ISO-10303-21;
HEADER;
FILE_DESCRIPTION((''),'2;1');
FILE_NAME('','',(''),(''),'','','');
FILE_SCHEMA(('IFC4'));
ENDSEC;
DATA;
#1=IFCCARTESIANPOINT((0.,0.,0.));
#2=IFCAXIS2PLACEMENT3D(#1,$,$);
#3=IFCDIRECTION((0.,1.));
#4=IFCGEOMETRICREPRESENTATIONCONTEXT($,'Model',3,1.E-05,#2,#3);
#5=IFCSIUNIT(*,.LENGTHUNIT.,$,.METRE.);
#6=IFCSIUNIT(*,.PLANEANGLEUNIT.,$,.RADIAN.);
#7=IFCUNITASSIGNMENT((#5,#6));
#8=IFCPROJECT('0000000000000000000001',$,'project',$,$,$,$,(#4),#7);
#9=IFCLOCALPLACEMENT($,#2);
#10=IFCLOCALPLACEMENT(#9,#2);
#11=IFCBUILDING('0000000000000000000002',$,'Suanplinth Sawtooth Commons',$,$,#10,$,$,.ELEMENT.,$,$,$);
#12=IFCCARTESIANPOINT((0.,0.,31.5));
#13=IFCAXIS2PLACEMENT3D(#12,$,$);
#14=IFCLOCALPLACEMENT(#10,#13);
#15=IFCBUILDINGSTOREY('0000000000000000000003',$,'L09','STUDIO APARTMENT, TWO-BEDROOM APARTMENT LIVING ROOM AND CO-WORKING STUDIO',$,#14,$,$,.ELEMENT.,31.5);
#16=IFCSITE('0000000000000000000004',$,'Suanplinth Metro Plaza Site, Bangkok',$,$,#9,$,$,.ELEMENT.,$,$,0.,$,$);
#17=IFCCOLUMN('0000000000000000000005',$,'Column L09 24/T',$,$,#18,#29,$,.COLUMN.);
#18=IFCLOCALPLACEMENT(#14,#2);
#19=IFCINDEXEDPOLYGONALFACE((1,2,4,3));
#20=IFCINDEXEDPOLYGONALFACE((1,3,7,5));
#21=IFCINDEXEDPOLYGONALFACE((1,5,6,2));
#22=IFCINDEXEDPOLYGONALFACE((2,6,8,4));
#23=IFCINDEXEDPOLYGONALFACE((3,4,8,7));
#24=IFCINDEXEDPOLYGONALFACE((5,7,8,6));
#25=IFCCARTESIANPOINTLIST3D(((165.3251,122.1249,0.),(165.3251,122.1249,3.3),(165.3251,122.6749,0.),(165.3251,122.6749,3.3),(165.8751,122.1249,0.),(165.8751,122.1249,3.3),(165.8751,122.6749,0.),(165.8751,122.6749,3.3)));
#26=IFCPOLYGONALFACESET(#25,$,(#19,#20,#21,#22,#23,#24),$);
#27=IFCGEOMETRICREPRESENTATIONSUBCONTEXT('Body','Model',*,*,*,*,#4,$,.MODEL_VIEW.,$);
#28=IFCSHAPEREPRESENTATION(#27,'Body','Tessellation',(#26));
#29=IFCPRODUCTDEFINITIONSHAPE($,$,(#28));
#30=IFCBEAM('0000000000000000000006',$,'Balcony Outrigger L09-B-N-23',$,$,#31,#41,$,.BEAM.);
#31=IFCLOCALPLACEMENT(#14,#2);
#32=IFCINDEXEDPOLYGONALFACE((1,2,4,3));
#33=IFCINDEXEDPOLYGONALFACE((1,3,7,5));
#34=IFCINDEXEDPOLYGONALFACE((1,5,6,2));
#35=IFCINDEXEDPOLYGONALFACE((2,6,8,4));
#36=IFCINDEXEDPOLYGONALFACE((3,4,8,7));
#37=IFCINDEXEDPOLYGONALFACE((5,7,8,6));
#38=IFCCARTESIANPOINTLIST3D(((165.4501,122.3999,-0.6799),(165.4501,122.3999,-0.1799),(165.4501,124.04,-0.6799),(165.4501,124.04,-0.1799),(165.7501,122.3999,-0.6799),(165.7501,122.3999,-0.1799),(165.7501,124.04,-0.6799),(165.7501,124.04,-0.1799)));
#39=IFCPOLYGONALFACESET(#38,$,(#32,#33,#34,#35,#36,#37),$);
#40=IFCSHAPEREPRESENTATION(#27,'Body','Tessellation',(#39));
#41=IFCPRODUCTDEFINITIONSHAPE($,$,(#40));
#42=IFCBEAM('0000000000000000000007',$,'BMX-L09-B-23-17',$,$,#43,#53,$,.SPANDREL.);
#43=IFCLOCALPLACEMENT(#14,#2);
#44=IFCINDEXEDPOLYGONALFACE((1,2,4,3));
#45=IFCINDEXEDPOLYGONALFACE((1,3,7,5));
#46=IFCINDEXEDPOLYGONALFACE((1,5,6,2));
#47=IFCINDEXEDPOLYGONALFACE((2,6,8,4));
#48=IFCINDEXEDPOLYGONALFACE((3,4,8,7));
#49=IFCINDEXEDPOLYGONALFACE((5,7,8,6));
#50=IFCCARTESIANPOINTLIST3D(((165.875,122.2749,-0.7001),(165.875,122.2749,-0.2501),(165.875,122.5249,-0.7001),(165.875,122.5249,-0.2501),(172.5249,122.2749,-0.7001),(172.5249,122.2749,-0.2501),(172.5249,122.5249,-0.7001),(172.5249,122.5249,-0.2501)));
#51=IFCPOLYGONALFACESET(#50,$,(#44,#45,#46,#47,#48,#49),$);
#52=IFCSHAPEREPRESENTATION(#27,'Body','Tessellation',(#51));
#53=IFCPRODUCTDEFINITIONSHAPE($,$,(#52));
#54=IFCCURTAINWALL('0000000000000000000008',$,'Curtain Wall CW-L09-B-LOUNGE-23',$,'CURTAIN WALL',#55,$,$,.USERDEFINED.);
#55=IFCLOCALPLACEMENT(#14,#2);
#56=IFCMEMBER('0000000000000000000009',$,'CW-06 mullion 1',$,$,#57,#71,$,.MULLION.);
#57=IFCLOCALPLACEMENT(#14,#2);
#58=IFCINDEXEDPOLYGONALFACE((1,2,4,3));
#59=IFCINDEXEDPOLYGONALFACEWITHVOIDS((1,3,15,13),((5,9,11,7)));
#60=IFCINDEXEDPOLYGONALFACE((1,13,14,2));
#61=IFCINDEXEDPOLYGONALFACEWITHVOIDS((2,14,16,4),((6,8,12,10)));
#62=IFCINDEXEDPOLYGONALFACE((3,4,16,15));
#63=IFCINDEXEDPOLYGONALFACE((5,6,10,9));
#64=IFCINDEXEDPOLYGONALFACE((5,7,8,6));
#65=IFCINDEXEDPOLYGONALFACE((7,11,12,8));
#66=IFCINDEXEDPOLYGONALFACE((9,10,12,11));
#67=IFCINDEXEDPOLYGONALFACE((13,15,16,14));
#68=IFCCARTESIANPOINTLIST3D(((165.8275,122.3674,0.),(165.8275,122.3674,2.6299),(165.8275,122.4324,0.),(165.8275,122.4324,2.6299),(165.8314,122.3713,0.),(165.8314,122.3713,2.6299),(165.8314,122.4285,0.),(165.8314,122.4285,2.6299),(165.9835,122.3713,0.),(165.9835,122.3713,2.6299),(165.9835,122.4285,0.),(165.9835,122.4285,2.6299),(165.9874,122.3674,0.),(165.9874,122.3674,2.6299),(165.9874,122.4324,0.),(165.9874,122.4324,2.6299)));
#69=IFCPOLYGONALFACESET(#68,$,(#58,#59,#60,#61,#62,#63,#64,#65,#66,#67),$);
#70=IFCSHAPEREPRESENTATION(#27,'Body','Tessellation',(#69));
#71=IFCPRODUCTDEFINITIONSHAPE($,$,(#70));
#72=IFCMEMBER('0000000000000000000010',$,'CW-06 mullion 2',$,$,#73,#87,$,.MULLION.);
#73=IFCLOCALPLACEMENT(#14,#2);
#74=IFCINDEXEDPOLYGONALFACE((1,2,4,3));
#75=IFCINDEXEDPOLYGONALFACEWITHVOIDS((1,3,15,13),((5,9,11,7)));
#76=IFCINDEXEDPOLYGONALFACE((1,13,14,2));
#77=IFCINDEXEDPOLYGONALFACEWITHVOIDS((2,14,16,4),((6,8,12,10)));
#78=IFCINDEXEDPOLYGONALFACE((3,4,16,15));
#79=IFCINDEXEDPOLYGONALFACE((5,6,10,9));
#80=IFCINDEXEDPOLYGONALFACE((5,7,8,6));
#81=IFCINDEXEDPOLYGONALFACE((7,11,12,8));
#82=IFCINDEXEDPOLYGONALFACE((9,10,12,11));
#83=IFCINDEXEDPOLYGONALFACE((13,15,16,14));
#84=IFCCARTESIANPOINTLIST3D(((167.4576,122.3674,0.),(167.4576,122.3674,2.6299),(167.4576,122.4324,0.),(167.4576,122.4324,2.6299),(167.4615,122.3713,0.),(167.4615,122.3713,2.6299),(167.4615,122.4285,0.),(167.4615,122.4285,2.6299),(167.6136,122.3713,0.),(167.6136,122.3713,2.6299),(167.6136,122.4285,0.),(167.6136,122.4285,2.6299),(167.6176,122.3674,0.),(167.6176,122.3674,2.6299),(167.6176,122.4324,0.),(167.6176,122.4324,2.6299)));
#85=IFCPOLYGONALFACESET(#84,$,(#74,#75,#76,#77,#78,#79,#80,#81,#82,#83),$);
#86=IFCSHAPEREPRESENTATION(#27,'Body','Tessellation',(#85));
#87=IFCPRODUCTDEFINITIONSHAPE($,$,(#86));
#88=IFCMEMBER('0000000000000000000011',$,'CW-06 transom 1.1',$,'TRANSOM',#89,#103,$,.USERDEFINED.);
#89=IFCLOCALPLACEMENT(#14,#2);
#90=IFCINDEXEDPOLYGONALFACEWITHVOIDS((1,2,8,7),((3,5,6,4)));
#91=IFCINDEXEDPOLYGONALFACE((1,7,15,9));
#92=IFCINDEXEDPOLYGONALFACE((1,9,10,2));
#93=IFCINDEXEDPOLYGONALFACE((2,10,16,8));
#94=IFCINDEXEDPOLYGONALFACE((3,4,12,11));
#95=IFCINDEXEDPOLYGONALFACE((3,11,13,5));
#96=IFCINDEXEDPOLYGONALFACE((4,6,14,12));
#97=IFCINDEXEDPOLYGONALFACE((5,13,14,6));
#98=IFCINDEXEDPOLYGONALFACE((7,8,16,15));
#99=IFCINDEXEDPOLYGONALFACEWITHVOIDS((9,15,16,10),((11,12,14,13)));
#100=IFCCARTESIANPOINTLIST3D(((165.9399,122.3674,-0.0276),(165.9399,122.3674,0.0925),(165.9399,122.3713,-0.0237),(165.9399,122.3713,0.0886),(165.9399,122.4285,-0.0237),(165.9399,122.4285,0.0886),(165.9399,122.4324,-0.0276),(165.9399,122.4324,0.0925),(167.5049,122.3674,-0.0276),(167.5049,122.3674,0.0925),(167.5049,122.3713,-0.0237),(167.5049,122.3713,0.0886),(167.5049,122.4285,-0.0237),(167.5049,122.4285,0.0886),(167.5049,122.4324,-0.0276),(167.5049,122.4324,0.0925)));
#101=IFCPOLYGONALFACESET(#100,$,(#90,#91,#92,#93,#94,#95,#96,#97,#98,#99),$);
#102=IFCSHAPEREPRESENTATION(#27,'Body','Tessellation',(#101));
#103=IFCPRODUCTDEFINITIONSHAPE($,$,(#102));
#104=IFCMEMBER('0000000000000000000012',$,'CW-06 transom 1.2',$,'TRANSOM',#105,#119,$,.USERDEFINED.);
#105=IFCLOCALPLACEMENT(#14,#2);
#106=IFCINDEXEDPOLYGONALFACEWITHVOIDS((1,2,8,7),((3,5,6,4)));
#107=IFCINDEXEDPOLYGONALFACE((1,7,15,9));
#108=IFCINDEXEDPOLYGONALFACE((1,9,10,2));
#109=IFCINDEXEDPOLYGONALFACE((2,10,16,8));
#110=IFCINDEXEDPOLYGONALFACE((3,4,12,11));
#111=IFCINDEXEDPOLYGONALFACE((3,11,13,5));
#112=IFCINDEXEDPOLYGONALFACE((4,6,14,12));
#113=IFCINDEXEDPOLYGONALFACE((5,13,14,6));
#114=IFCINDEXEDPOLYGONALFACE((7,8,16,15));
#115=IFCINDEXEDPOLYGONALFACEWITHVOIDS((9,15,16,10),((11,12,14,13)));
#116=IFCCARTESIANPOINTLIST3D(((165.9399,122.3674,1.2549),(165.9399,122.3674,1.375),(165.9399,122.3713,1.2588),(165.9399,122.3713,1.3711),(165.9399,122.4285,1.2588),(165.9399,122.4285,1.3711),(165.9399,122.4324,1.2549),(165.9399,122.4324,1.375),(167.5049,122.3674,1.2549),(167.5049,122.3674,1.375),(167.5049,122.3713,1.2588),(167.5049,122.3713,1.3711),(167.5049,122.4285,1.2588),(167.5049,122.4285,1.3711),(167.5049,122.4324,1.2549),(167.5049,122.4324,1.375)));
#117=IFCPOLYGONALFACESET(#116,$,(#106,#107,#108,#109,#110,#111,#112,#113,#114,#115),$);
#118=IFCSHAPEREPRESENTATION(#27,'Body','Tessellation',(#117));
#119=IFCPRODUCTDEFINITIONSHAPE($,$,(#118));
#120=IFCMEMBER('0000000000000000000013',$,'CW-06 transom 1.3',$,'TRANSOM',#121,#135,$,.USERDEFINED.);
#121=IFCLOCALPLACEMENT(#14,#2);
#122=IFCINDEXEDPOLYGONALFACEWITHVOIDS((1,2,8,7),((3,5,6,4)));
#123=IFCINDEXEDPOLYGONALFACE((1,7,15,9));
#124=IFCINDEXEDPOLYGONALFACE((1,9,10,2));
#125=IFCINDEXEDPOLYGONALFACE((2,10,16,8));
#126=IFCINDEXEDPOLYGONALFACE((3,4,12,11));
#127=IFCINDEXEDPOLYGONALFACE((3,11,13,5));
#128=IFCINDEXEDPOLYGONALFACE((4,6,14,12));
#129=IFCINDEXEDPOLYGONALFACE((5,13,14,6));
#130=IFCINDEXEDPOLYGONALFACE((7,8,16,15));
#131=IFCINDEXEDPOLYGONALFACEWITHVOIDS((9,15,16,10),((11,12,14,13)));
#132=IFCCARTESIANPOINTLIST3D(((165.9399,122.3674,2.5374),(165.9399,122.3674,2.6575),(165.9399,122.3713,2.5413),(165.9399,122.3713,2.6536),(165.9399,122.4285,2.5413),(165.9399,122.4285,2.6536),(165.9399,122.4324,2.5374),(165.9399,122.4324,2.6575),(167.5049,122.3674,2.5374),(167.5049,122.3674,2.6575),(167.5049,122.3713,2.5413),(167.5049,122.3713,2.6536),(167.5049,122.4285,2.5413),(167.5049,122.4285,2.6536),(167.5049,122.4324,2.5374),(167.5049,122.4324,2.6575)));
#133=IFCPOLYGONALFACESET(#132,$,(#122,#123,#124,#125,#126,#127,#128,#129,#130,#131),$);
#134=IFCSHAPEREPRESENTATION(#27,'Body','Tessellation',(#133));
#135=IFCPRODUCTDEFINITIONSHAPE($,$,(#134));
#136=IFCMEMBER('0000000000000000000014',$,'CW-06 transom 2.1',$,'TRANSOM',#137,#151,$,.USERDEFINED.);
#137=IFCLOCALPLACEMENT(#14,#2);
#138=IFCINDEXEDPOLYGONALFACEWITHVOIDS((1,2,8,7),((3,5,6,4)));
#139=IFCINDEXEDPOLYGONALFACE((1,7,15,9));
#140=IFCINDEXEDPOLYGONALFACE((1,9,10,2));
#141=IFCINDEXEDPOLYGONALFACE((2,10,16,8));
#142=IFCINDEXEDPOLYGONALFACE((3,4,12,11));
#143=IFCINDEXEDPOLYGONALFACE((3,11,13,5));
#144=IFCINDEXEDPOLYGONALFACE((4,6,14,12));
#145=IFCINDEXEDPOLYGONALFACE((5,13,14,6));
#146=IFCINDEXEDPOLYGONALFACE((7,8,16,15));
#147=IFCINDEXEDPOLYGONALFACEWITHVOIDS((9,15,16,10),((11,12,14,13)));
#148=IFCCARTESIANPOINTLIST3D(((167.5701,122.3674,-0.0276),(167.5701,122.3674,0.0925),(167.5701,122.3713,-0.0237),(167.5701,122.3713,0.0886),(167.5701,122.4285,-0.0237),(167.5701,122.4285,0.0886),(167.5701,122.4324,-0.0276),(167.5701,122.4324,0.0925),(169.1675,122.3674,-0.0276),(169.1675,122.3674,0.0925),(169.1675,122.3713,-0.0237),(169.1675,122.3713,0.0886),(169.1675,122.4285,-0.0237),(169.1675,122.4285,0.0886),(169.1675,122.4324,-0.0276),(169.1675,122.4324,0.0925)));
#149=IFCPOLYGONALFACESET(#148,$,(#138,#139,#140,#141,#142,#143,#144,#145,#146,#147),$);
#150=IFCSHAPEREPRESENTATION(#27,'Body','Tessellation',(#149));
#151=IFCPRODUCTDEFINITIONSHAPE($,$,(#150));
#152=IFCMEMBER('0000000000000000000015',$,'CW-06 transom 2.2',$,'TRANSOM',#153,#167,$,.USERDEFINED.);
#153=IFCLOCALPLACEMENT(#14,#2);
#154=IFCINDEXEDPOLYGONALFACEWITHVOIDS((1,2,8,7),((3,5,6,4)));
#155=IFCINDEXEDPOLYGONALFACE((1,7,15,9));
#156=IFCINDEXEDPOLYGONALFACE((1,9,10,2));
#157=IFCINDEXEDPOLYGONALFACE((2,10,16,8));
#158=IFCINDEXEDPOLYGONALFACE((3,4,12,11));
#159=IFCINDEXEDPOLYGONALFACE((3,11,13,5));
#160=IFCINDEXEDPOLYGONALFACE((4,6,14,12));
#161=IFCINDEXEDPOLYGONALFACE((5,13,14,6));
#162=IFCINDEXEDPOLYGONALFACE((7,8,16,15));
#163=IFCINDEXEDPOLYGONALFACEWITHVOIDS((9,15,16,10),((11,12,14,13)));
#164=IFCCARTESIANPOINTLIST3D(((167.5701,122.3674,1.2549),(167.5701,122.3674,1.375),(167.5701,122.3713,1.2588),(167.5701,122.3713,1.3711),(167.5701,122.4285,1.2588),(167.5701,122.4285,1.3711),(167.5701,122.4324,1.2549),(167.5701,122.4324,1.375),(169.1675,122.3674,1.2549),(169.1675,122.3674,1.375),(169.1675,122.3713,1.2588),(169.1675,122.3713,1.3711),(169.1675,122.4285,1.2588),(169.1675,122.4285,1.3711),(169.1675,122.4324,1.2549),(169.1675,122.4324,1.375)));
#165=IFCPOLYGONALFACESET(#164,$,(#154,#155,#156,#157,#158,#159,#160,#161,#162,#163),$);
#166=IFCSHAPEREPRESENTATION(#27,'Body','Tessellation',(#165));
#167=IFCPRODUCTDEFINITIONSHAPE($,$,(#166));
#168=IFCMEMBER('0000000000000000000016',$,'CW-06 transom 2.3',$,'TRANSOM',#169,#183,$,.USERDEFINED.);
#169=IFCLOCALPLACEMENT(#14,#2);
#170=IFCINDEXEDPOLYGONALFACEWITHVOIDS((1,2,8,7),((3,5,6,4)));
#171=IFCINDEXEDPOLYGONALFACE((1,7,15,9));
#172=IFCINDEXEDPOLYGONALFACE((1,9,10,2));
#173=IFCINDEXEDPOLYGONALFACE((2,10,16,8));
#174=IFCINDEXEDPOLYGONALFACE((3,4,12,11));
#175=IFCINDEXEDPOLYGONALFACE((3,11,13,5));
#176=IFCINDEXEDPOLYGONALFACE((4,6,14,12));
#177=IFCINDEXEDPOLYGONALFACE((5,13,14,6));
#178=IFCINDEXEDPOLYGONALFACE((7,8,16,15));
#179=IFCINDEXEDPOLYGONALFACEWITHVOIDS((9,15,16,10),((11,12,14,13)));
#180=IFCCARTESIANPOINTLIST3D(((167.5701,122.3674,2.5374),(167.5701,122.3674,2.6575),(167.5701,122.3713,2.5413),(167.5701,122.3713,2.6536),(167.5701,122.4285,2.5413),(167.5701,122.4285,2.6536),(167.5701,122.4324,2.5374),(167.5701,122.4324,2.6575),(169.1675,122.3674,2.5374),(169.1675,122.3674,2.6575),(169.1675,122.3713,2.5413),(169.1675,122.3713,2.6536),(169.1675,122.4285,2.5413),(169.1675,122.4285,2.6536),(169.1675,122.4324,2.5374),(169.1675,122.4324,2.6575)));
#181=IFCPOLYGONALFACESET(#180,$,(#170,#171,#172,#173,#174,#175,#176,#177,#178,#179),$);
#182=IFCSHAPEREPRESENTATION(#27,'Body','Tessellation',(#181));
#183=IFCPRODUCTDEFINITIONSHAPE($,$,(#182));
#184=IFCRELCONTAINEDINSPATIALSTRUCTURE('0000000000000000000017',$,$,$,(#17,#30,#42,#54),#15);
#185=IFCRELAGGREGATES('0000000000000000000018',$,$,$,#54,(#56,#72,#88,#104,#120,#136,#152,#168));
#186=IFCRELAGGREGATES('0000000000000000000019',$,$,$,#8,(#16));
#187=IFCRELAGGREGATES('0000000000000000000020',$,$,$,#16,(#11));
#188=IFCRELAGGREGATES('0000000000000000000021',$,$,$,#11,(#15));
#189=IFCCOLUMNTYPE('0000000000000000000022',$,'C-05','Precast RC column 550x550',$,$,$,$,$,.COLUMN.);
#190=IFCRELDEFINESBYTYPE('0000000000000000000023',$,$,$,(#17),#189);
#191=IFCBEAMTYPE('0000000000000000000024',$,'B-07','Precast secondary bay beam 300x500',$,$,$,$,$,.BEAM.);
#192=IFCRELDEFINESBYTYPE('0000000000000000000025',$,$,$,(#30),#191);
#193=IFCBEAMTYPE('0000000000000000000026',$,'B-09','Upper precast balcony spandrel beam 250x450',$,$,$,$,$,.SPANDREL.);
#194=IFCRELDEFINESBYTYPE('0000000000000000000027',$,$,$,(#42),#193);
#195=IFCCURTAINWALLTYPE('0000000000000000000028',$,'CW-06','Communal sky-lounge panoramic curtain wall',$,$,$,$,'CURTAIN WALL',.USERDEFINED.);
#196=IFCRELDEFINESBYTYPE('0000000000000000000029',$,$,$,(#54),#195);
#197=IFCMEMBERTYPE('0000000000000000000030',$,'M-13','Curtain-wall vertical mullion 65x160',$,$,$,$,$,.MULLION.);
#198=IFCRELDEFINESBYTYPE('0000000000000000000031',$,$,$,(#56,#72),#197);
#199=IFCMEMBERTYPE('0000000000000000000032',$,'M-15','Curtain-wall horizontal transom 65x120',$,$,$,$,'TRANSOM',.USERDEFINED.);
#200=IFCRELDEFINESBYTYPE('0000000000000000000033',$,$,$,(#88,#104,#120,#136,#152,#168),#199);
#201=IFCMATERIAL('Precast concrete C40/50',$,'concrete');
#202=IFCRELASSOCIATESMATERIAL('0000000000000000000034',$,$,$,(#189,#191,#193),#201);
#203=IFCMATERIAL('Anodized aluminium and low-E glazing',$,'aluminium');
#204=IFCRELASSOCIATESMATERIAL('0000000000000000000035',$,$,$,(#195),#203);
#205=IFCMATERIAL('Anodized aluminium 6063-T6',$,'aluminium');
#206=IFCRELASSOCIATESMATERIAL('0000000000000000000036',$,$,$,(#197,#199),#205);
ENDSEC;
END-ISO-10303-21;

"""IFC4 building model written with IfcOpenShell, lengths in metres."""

from ifc_helpers import new_model, si_unit, direction, frame, origin, origin_2d, place, context, subcontext, project, spatial, rectangle, hollow_rectangle, extrude, material, material_profile, profile_set, type_object, element, aggregate, save


model = new_model("IFC4")

# Units and contexts
model_context = context("Model", 3, precision=1e-05, world=origin(), true_north=direction((0.0, 1.0)))
body_context = subcontext(model_context, "Body", "Model", "MODEL_VIEW")
ifc_project = project(units=[si_unit("LENGTHUNIT", "METRE"), si_unit("PLANEANGLEUNIT", "RADIAN")], contexts=[model_context])

# Site, building, storey
site_placement = place(None, origin())
site = spatial("IfcSite", under=ifc_project, at=site_placement, Name="Suanplinth Metro Plaza Site, Bangkok", CompositionType="ELEMENT", RefElevation=0.0)
building_placement = place(site_placement, origin())
building = spatial("IfcBuilding", under=site, at=building_placement, Name="Suanplinth Sawtooth Commons", CompositionType="ELEMENT")
storey_placement = place(building_placement, frame((0.0, 0.0, 31.5)))
storey = spatial("IfcBuildingStorey", under=building, at=storey_placement, Name="L09", Description="STUDIO APARTMENT, TWO-BEDROOM APARTMENT LIVING ROOM AND CO-WORKING STUDIO", CompositionType="ELEMENT", Elevation=31.5)

# Column
ifc_material_1 = material(Name="Precast concrete C40/50", Category="concrete")
ifc_material_profile_1 = material_profile(ifc_material_1, rectangle(XDim=0.55, YDim=0.55, at=origin_2d()), Name="PC-COL 550x550")
ifc_profile_set_1 = profile_set([ifc_material_profile_1], Name="Precast concrete C40/50")
column_type = type_object("IfcColumnType", Name="C-05", Description="Precast RC column 550x550", PredefinedType="COLUMN", material=ifc_profile_set_1)
column_placement = place(storey_placement, frame((165.6001, 122.3999, 0.0), z_axis=(0.0, 0.0, 1.0), x_axis=(1.0, 0.0, 0.0)))
element("IfcColumn", 1, at=column_placement, inside=storey, type_object=column_type, Name="Column L09 24/T", PredefinedType="COLUMN", context=body_context, shape_type="SweptSolid", body=[
    extrude(rectangle(XDim=0.55, YDim=0.55, at=origin_2d()), origin(), (0.0, 0.0, 1.0), 3.3),
])

# Beams
ifc_material_profile_2 = material_profile(ifc_material_1, rectangle(XDim=0.3, YDim=0.5, at=origin_2d()), Name="PC-BM 300x500")
ifc_profile_set_2 = profile_set([ifc_material_profile_2], Name="Precast concrete C40/50")
beam_type_1 = type_object("IfcBeamType", Name="B-07", Description="Precast secondary bay beam 300x500", PredefinedType="BEAM", material=ifc_profile_set_2)
beam_1_placement = place(storey_placement, frame((165.6001, 122.3999, -0.4299), z_axis=(0.0, 1.0, 0.0), x_axis=(-1.0, 0.0, 0.0)))
element("IfcBeam", 2, at=beam_1_placement, inside=storey, type_object=beam_type_1, Name="Balcony Outrigger L09-B-N-23", PredefinedType="BEAM", context=body_context, shape_type="SweptSolid", body=[
    extrude(rectangle(XDim=0.3, YDim=0.5, at=origin_2d()), origin(), (0.0, 0.0, 1.0), 1.6401),
])
ifc_material_profile_3 = material_profile(ifc_material_1, rectangle(XDim=0.25, YDim=0.45, at=origin_2d()), Name="PC-SP 250x450")
ifc_profile_set_3 = profile_set([ifc_material_profile_3], Name="Precast concrete C40/50")
beam_type_2 = type_object("IfcBeamType", Name="B-09", Description="Upper precast balcony spandrel beam 250x450", PredefinedType="SPANDREL", material=ifc_profile_set_3)
beam_2_placement = place(storey_placement, frame((165.875, 122.3999, -0.4751), z_axis=(1.0, 0.0, 0.0), x_axis=(0.0, 1.0, 0.0)))
element("IfcBeam", 3, at=beam_2_placement, inside=storey, type_object=beam_type_2, Name="BMX-L09-B-23-17", PredefinedType="SPANDREL", context=body_context, shape_type="SweptSolid", body=[
    extrude(rectangle(XDim=0.25, YDim=0.45, at=origin_2d()), origin(), (0.0, 0.0, 1.0), 6.6499),
])

# Curtain wall, members
ifc_material_2 = material(Name="Anodized aluminium and low-E glazing", Category="aluminium")
curtain_wall_type = type_object("IfcCurtainWallType", Name="CW-06", Description="Communal sky-lounge panoramic curtain wall", ElementType="CURTAIN WALL", PredefinedType="USERDEFINED", material=ifc_material_2)
curtain_wall_placement = place(storey_placement, origin())
curtain_wall = element("IfcCurtainWall", 4, at=curtain_wall_placement, inside=storey, type_object=curtain_wall_type, Name="Curtain Wall CW-L09-B-LOUNGE-23", ObjectType="CURTAIN WALL", PredefinedType="USERDEFINED")
ifc_material_3 = material(Name="Anodized aluminium 6063-T6", Category="aluminium")
ifc_material_profile_4 = material_profile(ifc_material_3, hollow_rectangle(XDim=0.0649, YDim=0.1599, WallThickness=0.0039, at=origin_2d()), Name="ALU-MUL 65x160")
ifc_profile_set_4 = profile_set([ifc_material_profile_4], Name="Anodized aluminium 6063-T6")
member_type_1 = type_object("IfcMemberType", Name="M-13", Description="Curtain-wall vertical mullion 65x160", PredefinedType="MULLION", material=ifc_profile_set_4)
member_1_placement = place(storey_placement, frame((165.9075, 122.3999, 0.0), z_axis=(0.0, 0.0, 1.0), x_axis=(0.0, 1.0, 0.0)))
member_1 = element("IfcMember", 5, at=member_1_placement, type_object=member_type_1, Name="CW-06 mullion 1", PredefinedType="MULLION", context=body_context, shape_type="SweptSolid", body=[
    extrude(hollow_rectangle(XDim=0.0649, YDim=0.1599, WallThickness=0.0039, at=origin_2d()), origin(), (0.0, 0.0, 1.0), 2.6299),
])
member_2_placement = place(storey_placement, frame((167.5376, 122.3999, 0.0), z_axis=(0.0, 0.0, 1.0), x_axis=(0.0, 1.0, 0.0)))
member_2 = element("IfcMember", 6, at=member_2_placement, type_object=member_type_1, Name="CW-06 mullion 2", PredefinedType="MULLION", context=body_context, shape_type="SweptSolid", body=[
    extrude(hollow_rectangle(XDim=0.0649, YDim=0.1599, WallThickness=0.0039, at=origin_2d()), origin(), (0.0, 0.0, 1.0), 2.6299),
])
ifc_material_profile_5 = material_profile(ifc_material_3, hollow_rectangle(XDim=0.0649, YDim=0.1201, WallThickness=0.0039, at=origin_2d()), Name="ALU-TRN 65x120")
ifc_profile_set_5 = profile_set([ifc_material_profile_5], Name="Anodized aluminium 6063-T6")
member_type_2 = type_object("IfcMemberType", Name="M-15", Description="Curtain-wall horizontal transom 65x120", ElementType="TRANSOM", PredefinedType="USERDEFINED", material=ifc_profile_set_5)
member_3_placement = place(storey_placement, frame((165.9399, 122.3999, 0.0325), z_axis=(1.0, 0.0, 0.0), x_axis=(0.0, 1.0, 0.0)))
member_3 = element("IfcMember", 7, at=member_3_placement, type_object=member_type_2, Name="CW-06 transom 1.1", ObjectType="TRANSOM", PredefinedType="USERDEFINED", context=body_context, shape_type="SweptSolid", body=[
    extrude(hollow_rectangle(XDim=0.0649, YDim=0.1201, WallThickness=0.0039, at=origin_2d()), origin(), (0.0, 0.0, 1.0), 1.5649),
])
member_4_placement = place(storey_placement, frame((165.9399, 122.3999, 1.3149), z_axis=(1.0, 0.0, 0.0), x_axis=(0.0, 1.0, 0.0)))
member_4 = element("IfcMember", 8, at=member_4_placement, type_object=member_type_2, Name="CW-06 transom 1.2", ObjectType="TRANSOM", PredefinedType="USERDEFINED", context=body_context, shape_type="SweptSolid", body=[
    extrude(hollow_rectangle(XDim=0.0649, YDim=0.1201, WallThickness=0.0039, at=origin_2d()), origin(), (0.0, 0.0, 1.0), 1.5649),
])
member_5_placement = place(storey_placement, frame((165.9399, 122.3999, 2.5974), z_axis=(1.0, 0.0, 0.0), x_axis=(0.0, 1.0, 0.0)))
member_5 = element("IfcMember", 9, at=member_5_placement, type_object=member_type_2, Name="CW-06 transom 1.3", ObjectType="TRANSOM", PredefinedType="USERDEFINED", context=body_context, shape_type="SweptSolid", body=[
    extrude(hollow_rectangle(XDim=0.0649, YDim=0.1201, WallThickness=0.0039, at=origin_2d()), origin(), (0.0, 0.0, 1.0), 1.5649),
])
member_6_placement = place(storey_placement, frame((167.5701, 122.3999, 0.0325), z_axis=(1.0, 0.0, 0.0), x_axis=(0.0, 1.0, 0.0)))
member_6 = element("IfcMember", 10, at=member_6_placement, type_object=member_type_2, Name="CW-06 transom 2.1", ObjectType="TRANSOM", PredefinedType="USERDEFINED", context=body_context, shape_type="SweptSolid", body=[
    extrude(hollow_rectangle(XDim=0.0649, YDim=0.1201, WallThickness=0.0039, at=origin_2d()), origin(), (0.0, 0.0, 1.0), 1.5974),
])
member_7_placement = place(storey_placement, frame((167.5701, 122.3999, 1.3149), z_axis=(1.0, 0.0, 0.0), x_axis=(0.0, 1.0, 0.0)))
member_7 = element("IfcMember", 11, at=member_7_placement, type_object=member_type_2, Name="CW-06 transom 2.2", ObjectType="TRANSOM", PredefinedType="USERDEFINED", context=body_context, shape_type="SweptSolid", body=[
    extrude(hollow_rectangle(XDim=0.0649, YDim=0.1201, WallThickness=0.0039, at=origin_2d()), origin(), (0.0, 0.0, 1.0), 1.5974),
])
member_8_placement = place(storey_placement, frame((167.5701, 122.3999, 2.5974), z_axis=(1.0, 0.0, 0.0), x_axis=(0.0, 1.0, 0.0)))
member_8 = element("IfcMember", 12, at=member_8_placement, type_object=member_type_2, Name="CW-06 transom 2.3", ObjectType="TRANSOM", PredefinedType="USERDEFINED", context=body_context, shape_type="SweptSolid", body=[
    extrude(hollow_rectangle(XDim=0.0649, YDim=0.1201, WallThickness=0.0039, at=origin_2d()), origin(), (0.0, 0.0, 1.0), 1.5974),
])
aggregate(curtain_wall, [member_1, member_2, member_3, member_4, member_5, member_6, member_7, member_8])

save(model, "model.ifc")
